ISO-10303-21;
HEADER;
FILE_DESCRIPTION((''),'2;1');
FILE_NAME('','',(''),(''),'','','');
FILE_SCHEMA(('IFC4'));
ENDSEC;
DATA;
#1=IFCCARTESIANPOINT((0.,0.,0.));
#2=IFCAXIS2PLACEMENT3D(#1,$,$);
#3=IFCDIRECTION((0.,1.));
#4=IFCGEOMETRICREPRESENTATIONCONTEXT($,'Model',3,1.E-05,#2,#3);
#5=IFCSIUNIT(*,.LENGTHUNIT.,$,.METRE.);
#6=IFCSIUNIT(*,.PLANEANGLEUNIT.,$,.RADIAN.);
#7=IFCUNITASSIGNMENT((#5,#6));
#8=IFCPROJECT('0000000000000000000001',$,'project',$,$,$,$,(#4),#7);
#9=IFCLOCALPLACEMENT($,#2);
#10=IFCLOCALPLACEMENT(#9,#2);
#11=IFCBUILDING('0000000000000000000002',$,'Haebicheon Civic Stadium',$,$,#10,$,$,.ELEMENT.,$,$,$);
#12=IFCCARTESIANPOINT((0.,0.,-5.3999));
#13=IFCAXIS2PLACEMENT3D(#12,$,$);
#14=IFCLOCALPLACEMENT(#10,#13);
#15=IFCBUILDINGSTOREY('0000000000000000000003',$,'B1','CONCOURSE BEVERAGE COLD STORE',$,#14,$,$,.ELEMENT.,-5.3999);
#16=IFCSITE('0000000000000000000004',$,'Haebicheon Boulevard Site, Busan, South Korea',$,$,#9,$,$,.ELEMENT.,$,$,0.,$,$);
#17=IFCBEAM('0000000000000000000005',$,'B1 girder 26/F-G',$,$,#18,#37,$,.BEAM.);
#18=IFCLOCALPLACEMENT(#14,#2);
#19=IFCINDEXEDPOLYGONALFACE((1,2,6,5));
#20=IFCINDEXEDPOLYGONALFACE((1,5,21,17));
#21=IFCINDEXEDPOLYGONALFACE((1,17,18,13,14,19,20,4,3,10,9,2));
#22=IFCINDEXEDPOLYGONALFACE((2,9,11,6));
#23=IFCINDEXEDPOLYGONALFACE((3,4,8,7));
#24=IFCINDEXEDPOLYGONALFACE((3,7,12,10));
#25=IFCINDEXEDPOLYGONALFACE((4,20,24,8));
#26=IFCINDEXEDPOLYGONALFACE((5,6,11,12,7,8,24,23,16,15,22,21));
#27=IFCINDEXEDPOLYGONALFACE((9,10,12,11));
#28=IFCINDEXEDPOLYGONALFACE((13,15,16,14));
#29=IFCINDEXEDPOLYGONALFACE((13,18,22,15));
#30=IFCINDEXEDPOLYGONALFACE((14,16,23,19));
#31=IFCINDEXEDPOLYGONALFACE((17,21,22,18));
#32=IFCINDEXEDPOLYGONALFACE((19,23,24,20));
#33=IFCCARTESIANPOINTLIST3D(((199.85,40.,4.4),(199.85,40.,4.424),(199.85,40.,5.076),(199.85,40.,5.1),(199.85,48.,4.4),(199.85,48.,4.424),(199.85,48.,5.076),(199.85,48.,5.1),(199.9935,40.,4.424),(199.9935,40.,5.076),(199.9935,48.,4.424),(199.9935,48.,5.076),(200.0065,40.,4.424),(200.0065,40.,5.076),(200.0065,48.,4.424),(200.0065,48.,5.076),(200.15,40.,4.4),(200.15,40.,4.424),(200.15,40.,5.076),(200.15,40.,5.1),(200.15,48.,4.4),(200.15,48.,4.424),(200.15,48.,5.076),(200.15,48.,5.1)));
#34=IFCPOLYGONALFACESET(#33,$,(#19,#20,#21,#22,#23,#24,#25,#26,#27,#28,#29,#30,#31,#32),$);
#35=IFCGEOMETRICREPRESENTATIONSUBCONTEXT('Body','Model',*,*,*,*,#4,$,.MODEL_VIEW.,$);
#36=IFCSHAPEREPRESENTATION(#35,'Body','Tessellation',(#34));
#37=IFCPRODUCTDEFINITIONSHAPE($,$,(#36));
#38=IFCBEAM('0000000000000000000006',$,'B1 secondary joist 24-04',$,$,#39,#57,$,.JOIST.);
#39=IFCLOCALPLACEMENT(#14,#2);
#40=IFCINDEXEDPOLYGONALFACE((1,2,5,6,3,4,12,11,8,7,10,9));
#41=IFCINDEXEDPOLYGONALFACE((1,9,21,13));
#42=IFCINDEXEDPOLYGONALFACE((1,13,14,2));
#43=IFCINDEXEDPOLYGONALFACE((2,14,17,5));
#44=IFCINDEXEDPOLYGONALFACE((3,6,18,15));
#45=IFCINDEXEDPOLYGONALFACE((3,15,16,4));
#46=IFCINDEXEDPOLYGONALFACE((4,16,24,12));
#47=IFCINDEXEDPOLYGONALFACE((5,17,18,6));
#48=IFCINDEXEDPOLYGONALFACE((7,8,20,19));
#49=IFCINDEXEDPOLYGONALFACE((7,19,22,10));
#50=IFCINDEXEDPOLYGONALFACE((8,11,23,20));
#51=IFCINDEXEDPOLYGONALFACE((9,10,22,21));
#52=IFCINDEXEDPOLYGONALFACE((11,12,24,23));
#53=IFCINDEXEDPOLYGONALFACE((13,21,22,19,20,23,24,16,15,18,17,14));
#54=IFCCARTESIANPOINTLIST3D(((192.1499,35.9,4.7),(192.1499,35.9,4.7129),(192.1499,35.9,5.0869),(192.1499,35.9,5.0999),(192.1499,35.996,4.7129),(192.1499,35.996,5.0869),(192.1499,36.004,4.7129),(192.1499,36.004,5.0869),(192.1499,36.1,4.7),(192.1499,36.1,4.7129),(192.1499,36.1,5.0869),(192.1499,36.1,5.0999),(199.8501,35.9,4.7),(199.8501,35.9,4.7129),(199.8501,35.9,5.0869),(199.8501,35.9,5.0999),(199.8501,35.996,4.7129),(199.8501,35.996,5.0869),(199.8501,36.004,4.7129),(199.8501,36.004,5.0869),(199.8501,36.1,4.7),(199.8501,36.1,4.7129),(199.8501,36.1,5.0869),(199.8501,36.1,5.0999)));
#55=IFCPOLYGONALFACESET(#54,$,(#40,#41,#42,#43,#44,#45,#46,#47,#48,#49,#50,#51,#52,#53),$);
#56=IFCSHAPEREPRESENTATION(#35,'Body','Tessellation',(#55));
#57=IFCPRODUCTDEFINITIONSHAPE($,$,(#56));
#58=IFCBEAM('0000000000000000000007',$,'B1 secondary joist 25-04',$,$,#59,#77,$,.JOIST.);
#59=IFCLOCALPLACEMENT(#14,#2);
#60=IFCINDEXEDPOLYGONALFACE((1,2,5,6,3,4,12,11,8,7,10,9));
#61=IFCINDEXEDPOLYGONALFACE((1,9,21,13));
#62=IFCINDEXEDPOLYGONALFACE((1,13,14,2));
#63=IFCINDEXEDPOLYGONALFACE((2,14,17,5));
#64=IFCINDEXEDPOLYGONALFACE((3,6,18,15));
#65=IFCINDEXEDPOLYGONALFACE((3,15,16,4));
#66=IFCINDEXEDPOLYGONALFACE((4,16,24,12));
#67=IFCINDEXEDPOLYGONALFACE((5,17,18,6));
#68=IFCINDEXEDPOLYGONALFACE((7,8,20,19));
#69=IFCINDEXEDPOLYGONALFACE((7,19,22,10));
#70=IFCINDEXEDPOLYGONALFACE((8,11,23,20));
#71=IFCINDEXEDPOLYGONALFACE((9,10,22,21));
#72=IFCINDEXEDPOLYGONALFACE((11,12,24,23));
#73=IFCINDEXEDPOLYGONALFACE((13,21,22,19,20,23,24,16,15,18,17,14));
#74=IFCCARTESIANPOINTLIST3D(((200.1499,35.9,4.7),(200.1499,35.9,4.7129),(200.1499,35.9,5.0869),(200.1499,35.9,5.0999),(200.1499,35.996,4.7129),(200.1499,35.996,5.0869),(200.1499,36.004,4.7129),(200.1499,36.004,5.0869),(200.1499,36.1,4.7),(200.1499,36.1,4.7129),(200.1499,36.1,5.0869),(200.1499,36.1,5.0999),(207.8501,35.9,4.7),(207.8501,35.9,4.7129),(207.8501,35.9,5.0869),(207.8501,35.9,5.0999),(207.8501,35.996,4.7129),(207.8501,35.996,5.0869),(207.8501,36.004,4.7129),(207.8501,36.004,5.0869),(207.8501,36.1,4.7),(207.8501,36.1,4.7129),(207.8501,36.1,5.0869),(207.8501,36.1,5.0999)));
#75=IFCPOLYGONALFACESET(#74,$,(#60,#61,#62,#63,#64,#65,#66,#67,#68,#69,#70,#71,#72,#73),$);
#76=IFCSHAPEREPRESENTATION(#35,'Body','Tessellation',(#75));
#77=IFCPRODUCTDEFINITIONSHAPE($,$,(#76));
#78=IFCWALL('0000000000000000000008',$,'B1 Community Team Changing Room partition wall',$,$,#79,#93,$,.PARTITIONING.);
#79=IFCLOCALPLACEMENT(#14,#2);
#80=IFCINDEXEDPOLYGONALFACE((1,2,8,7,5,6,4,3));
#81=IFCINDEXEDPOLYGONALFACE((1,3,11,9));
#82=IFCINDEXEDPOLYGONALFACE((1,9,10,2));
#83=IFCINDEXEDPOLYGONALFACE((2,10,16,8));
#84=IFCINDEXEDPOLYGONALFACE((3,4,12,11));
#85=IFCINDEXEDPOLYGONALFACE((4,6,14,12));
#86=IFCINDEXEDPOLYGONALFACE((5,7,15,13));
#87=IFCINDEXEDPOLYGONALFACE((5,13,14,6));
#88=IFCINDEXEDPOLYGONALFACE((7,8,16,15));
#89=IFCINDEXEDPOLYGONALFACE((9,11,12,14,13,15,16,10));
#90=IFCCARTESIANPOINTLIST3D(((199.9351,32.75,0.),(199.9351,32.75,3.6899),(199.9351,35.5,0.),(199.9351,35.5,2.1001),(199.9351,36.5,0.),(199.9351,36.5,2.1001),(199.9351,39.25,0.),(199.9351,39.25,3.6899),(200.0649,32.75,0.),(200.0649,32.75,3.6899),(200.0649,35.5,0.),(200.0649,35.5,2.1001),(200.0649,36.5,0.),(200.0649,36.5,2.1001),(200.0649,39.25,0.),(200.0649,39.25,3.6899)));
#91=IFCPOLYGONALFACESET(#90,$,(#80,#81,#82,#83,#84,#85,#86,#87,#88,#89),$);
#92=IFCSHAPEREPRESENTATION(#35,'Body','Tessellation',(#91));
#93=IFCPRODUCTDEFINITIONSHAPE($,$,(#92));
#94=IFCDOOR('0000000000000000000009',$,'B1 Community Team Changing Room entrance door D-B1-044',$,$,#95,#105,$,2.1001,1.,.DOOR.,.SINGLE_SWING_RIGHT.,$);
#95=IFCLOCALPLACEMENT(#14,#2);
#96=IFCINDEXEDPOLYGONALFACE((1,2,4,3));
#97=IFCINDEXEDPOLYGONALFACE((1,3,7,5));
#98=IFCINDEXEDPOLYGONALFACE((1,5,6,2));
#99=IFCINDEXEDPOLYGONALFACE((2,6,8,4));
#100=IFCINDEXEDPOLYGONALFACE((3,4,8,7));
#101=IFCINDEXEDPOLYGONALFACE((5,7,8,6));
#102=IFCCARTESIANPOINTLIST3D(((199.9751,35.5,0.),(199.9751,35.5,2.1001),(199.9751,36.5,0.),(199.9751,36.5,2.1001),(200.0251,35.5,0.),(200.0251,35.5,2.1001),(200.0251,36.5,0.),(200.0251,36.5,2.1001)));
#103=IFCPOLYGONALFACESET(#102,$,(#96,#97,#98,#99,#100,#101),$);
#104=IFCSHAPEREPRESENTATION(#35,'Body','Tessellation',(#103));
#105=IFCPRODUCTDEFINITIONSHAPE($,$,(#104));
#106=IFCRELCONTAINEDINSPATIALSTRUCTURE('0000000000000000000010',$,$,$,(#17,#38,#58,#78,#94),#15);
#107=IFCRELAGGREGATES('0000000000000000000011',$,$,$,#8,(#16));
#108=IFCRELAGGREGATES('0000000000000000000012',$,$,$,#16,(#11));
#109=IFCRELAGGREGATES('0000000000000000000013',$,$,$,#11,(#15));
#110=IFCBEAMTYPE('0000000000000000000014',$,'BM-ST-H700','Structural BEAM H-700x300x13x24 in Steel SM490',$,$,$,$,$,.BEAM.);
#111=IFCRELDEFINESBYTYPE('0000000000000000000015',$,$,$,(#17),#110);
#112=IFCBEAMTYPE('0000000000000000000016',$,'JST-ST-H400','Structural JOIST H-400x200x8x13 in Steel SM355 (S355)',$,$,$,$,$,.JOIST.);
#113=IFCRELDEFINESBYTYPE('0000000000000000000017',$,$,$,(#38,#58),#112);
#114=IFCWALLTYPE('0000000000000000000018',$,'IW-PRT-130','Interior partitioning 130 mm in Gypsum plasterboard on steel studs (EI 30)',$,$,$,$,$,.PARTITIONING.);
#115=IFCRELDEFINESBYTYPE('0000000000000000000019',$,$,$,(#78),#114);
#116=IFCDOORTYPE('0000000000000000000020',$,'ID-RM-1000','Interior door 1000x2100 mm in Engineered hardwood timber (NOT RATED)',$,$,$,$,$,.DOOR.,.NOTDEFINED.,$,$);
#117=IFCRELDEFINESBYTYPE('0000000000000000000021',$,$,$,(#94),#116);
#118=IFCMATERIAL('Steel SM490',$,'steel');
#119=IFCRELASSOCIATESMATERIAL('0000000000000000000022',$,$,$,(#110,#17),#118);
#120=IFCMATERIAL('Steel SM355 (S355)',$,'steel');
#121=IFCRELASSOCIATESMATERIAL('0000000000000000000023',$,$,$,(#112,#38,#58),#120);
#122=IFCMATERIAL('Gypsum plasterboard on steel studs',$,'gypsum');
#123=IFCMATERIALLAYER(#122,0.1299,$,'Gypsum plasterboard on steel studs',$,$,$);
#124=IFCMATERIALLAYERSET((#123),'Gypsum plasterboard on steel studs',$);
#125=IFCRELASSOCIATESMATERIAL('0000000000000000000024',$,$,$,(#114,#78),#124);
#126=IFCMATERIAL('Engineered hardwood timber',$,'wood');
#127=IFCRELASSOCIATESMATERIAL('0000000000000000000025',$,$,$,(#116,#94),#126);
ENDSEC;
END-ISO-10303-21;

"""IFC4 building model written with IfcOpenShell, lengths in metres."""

from ifc_helpers import new_model, si_unit, direction, frame, frame_2d, origin, origin_2d, place, context, subcontext, project, spatial, rectangle, i_section, extrude, material, layer, layer_set, material_profile, profile_set, type_object, element, fill, save


model = new_model("IFC4")

# Units and contexts
model_context = context("Model", 3, precision=1e-05, world=origin(), true_north=direction((0.0, 1.0)))
body_context = subcontext(model_context, "Body", "Model", "MODEL_VIEW")
ifc_project = project(units=[si_unit("LENGTHUNIT", "METRE"), si_unit("PLANEANGLEUNIT", "RADIAN")], contexts=[model_context])

# Site, building, storey
site_placement = place(None, origin())
site = spatial("IfcSite", under=ifc_project, at=site_placement, Name="Haebicheon Boulevard Site, Busan, South Korea", CompositionType="ELEMENT", RefElevation=0.0)
building_placement = place(site_placement, origin())
building = spatial("IfcBuilding", under=site, at=building_placement, Name="Haebicheon Civic Stadium", CompositionType="ELEMENT")
storey_placement = place(building_placement, frame((0.0, 0.0, -5.3999)))
storey = spatial("IfcBuildingStorey", under=building, at=storey_placement, Name="B1", Description="CONCOURSE BEVERAGE COLD STORE", CompositionType="ELEMENT", Elevation=-5.3999)

# Beams
ifc_material_1 = material(Name="Steel SM490", Category="steel")
ifc_material_profile_1 = material_profile(ifc_material_1, i_section(OverallWidth=0.3, OverallDepth=0.7, WebThickness=0.0129, FlangeThickness=0.0239, at=origin_2d()), Name="H-700x300x13x24")
ifc_profile_set_1 = profile_set([ifc_material_profile_1], Name="Steel SM490")
beam_type_1 = type_object("IfcBeamType", Name="BM-ST-H700", Description="Structural BEAM H-700x300x13x24 in Steel SM490", PredefinedType="BEAM", material=ifc_profile_set_1)
for number, where, z_axis, x_axis, name in (
    (1, (200.0, 40.0, 4.75), (0.0, 1.0, 0.0), (-1.0, 0.0, 0.0), "B1 girder 26/F-G"),
):
    element("IfcBeam", number, at=place(storey_placement, frame(where, z_axis=z_axis, x_axis=x_axis)), inside=storey, type_object=beam_type_1, material=ifc_profile_set_1, Name=name, PredefinedType="BEAM", context=body_context, shape_type="SweptSolid", body=[
        extrude(i_section(OverallWidth=0.3, OverallDepth=0.7, WebThickness=0.0129, FlangeThickness=0.0239, at=origin_2d()), origin(), (0.0, 0.0, 1.0), 8.0),
    ])
ifc_material_2 = material(Name="Steel SM355 (S355)", Category="steel")
ifc_material_profile_2 = material_profile(ifc_material_2, i_section(OverallWidth=0.2, OverallDepth=0.3999, WebThickness=0.0081, FlangeThickness=0.0129, at=origin_2d()), Name="H-400x200x8x13")
ifc_profile_set_2 = profile_set([ifc_material_profile_2], Name="Steel SM355 (S355)")
beam_type_2 = type_object("IfcBeamType", Name="JST-ST-H400", Description="Structural JOIST H-400x200x8x13 in Steel SM355 (S355)", PredefinedType="JOIST", material=ifc_profile_set_2)
for number, where, z_axis, x_axis, name in (
    (2, (192.1499, 36.0, 4.8999), (1.0, 0.0, 0.0), (0.0, 1.0, 0.0), "B1 secondary joist 24-04"),
    (3, (200.1499, 36.0, 4.8999), (1.0, 0.0, 0.0), (0.0, 1.0, 0.0), "B1 secondary joist 25-04"),
):
    element("IfcBeam", number, at=place(storey_placement, frame(where, z_axis=z_axis, x_axis=x_axis)), inside=storey, type_object=beam_type_2, material=ifc_profile_set_2, Name=name, PredefinedType="JOIST", context=body_context, shape_type="SweptSolid", body=[
        extrude(i_section(OverallWidth=0.2, OverallDepth=0.3999, WebThickness=0.0081, FlangeThickness=0.0129, at=origin_2d()), origin(), (0.0, 0.0, 1.0), 7.7002),
    ])

# Wall, opening, door
ifc_material_3 = material(Name="Gypsum plasterboard on steel studs", Category="gypsum")
ifc_layer_1 = layer(ifc_material_3, 0.1299, Name="Gypsum plasterboard on steel studs")
ifc_layer_set_1 = layer_set([ifc_layer_1], Name="Gypsum plasterboard on steel studs")
wall_type = type_object("IfcWallType", Name="IW-PRT-130", Description="Interior partitioning 130 mm in Gypsum plasterboard on steel studs (EI 30)", PredefinedType="PARTITIONING", material=ifc_layer_set_1)
wall_placement = place(storey_placement, frame((200.0, 32.75, 0.0), z_axis=(0.0, 0.0, 1.0), x_axis=(0.0, 1.0, 0.0)))
wall = element("IfcWall", 4, at=wall_placement, inside=storey, type_object=wall_type, material=ifc_layer_set_1, Name="B1 Community Team Changing Room partition wall", PredefinedType="PARTITIONING", context=body_context, shape_type="SweptSolid", body=[
    extrude(rectangle(XDim=6.5, YDim=0.1299, at=frame_2d((3.25, 0.0))), origin(), (0.0, 0.0, 1.0), 3.6899),
])
opening_placement = place(wall_placement, frame((2.75, 0.0, 0.0)))
opening = element("IfcOpeningElement", 5, at=opening_placement, cuts=wall, PredefinedType="OPENING", context=body_context, shape_type="SweptSolid", body=[
    extrude(rectangle(XDim=1.0, YDim=2.1001, at=frame_2d((0.5, 1.05))), frame((0.0, 0.075, 0.0), z_axis=(0.0, -1.0, 0.0), x_axis=(1.0, 0.0, 0.0)), (0.0, 0.0, 1.0), 0.1499),
])
ifc_material_4 = material(Name="Engineered hardwood timber", Category="wood")
door_type = type_object("IfcDoorType", Name="ID-RM-1000", Description="Interior door 1000x2100 mm in Engineered hardwood timber (NOT RATED)", OperationType="NOTDEFINED", PredefinedType="DOOR", material=ifc_material_4)
door_placement = place(opening_placement, origin())
door = element("IfcDoor", 6, at=door_placement, inside=storey, type_object=door_type, material=ifc_material_4, Name="B1 Community Team Changing Room entrance door D-B1-044", OperationType="SINGLE_SWING_RIGHT", OverallHeight=2.1001, OverallWidth=1.0, PredefinedType="DOOR", context=body_context, shape_type="SweptSolid", body=[
    extrude(rectangle(XDim=1.0, YDim=2.1001, at=frame_2d((0.5, 1.05))), frame((0.0, 0.0249, 0.0), z_axis=(0.0, -1.0, 0.0), x_axis=(1.0, 0.0, 0.0)), (0.0, 0.0, 1.0), 0.05),
])
fill(opening, door)

save(model, "model.ifc")
